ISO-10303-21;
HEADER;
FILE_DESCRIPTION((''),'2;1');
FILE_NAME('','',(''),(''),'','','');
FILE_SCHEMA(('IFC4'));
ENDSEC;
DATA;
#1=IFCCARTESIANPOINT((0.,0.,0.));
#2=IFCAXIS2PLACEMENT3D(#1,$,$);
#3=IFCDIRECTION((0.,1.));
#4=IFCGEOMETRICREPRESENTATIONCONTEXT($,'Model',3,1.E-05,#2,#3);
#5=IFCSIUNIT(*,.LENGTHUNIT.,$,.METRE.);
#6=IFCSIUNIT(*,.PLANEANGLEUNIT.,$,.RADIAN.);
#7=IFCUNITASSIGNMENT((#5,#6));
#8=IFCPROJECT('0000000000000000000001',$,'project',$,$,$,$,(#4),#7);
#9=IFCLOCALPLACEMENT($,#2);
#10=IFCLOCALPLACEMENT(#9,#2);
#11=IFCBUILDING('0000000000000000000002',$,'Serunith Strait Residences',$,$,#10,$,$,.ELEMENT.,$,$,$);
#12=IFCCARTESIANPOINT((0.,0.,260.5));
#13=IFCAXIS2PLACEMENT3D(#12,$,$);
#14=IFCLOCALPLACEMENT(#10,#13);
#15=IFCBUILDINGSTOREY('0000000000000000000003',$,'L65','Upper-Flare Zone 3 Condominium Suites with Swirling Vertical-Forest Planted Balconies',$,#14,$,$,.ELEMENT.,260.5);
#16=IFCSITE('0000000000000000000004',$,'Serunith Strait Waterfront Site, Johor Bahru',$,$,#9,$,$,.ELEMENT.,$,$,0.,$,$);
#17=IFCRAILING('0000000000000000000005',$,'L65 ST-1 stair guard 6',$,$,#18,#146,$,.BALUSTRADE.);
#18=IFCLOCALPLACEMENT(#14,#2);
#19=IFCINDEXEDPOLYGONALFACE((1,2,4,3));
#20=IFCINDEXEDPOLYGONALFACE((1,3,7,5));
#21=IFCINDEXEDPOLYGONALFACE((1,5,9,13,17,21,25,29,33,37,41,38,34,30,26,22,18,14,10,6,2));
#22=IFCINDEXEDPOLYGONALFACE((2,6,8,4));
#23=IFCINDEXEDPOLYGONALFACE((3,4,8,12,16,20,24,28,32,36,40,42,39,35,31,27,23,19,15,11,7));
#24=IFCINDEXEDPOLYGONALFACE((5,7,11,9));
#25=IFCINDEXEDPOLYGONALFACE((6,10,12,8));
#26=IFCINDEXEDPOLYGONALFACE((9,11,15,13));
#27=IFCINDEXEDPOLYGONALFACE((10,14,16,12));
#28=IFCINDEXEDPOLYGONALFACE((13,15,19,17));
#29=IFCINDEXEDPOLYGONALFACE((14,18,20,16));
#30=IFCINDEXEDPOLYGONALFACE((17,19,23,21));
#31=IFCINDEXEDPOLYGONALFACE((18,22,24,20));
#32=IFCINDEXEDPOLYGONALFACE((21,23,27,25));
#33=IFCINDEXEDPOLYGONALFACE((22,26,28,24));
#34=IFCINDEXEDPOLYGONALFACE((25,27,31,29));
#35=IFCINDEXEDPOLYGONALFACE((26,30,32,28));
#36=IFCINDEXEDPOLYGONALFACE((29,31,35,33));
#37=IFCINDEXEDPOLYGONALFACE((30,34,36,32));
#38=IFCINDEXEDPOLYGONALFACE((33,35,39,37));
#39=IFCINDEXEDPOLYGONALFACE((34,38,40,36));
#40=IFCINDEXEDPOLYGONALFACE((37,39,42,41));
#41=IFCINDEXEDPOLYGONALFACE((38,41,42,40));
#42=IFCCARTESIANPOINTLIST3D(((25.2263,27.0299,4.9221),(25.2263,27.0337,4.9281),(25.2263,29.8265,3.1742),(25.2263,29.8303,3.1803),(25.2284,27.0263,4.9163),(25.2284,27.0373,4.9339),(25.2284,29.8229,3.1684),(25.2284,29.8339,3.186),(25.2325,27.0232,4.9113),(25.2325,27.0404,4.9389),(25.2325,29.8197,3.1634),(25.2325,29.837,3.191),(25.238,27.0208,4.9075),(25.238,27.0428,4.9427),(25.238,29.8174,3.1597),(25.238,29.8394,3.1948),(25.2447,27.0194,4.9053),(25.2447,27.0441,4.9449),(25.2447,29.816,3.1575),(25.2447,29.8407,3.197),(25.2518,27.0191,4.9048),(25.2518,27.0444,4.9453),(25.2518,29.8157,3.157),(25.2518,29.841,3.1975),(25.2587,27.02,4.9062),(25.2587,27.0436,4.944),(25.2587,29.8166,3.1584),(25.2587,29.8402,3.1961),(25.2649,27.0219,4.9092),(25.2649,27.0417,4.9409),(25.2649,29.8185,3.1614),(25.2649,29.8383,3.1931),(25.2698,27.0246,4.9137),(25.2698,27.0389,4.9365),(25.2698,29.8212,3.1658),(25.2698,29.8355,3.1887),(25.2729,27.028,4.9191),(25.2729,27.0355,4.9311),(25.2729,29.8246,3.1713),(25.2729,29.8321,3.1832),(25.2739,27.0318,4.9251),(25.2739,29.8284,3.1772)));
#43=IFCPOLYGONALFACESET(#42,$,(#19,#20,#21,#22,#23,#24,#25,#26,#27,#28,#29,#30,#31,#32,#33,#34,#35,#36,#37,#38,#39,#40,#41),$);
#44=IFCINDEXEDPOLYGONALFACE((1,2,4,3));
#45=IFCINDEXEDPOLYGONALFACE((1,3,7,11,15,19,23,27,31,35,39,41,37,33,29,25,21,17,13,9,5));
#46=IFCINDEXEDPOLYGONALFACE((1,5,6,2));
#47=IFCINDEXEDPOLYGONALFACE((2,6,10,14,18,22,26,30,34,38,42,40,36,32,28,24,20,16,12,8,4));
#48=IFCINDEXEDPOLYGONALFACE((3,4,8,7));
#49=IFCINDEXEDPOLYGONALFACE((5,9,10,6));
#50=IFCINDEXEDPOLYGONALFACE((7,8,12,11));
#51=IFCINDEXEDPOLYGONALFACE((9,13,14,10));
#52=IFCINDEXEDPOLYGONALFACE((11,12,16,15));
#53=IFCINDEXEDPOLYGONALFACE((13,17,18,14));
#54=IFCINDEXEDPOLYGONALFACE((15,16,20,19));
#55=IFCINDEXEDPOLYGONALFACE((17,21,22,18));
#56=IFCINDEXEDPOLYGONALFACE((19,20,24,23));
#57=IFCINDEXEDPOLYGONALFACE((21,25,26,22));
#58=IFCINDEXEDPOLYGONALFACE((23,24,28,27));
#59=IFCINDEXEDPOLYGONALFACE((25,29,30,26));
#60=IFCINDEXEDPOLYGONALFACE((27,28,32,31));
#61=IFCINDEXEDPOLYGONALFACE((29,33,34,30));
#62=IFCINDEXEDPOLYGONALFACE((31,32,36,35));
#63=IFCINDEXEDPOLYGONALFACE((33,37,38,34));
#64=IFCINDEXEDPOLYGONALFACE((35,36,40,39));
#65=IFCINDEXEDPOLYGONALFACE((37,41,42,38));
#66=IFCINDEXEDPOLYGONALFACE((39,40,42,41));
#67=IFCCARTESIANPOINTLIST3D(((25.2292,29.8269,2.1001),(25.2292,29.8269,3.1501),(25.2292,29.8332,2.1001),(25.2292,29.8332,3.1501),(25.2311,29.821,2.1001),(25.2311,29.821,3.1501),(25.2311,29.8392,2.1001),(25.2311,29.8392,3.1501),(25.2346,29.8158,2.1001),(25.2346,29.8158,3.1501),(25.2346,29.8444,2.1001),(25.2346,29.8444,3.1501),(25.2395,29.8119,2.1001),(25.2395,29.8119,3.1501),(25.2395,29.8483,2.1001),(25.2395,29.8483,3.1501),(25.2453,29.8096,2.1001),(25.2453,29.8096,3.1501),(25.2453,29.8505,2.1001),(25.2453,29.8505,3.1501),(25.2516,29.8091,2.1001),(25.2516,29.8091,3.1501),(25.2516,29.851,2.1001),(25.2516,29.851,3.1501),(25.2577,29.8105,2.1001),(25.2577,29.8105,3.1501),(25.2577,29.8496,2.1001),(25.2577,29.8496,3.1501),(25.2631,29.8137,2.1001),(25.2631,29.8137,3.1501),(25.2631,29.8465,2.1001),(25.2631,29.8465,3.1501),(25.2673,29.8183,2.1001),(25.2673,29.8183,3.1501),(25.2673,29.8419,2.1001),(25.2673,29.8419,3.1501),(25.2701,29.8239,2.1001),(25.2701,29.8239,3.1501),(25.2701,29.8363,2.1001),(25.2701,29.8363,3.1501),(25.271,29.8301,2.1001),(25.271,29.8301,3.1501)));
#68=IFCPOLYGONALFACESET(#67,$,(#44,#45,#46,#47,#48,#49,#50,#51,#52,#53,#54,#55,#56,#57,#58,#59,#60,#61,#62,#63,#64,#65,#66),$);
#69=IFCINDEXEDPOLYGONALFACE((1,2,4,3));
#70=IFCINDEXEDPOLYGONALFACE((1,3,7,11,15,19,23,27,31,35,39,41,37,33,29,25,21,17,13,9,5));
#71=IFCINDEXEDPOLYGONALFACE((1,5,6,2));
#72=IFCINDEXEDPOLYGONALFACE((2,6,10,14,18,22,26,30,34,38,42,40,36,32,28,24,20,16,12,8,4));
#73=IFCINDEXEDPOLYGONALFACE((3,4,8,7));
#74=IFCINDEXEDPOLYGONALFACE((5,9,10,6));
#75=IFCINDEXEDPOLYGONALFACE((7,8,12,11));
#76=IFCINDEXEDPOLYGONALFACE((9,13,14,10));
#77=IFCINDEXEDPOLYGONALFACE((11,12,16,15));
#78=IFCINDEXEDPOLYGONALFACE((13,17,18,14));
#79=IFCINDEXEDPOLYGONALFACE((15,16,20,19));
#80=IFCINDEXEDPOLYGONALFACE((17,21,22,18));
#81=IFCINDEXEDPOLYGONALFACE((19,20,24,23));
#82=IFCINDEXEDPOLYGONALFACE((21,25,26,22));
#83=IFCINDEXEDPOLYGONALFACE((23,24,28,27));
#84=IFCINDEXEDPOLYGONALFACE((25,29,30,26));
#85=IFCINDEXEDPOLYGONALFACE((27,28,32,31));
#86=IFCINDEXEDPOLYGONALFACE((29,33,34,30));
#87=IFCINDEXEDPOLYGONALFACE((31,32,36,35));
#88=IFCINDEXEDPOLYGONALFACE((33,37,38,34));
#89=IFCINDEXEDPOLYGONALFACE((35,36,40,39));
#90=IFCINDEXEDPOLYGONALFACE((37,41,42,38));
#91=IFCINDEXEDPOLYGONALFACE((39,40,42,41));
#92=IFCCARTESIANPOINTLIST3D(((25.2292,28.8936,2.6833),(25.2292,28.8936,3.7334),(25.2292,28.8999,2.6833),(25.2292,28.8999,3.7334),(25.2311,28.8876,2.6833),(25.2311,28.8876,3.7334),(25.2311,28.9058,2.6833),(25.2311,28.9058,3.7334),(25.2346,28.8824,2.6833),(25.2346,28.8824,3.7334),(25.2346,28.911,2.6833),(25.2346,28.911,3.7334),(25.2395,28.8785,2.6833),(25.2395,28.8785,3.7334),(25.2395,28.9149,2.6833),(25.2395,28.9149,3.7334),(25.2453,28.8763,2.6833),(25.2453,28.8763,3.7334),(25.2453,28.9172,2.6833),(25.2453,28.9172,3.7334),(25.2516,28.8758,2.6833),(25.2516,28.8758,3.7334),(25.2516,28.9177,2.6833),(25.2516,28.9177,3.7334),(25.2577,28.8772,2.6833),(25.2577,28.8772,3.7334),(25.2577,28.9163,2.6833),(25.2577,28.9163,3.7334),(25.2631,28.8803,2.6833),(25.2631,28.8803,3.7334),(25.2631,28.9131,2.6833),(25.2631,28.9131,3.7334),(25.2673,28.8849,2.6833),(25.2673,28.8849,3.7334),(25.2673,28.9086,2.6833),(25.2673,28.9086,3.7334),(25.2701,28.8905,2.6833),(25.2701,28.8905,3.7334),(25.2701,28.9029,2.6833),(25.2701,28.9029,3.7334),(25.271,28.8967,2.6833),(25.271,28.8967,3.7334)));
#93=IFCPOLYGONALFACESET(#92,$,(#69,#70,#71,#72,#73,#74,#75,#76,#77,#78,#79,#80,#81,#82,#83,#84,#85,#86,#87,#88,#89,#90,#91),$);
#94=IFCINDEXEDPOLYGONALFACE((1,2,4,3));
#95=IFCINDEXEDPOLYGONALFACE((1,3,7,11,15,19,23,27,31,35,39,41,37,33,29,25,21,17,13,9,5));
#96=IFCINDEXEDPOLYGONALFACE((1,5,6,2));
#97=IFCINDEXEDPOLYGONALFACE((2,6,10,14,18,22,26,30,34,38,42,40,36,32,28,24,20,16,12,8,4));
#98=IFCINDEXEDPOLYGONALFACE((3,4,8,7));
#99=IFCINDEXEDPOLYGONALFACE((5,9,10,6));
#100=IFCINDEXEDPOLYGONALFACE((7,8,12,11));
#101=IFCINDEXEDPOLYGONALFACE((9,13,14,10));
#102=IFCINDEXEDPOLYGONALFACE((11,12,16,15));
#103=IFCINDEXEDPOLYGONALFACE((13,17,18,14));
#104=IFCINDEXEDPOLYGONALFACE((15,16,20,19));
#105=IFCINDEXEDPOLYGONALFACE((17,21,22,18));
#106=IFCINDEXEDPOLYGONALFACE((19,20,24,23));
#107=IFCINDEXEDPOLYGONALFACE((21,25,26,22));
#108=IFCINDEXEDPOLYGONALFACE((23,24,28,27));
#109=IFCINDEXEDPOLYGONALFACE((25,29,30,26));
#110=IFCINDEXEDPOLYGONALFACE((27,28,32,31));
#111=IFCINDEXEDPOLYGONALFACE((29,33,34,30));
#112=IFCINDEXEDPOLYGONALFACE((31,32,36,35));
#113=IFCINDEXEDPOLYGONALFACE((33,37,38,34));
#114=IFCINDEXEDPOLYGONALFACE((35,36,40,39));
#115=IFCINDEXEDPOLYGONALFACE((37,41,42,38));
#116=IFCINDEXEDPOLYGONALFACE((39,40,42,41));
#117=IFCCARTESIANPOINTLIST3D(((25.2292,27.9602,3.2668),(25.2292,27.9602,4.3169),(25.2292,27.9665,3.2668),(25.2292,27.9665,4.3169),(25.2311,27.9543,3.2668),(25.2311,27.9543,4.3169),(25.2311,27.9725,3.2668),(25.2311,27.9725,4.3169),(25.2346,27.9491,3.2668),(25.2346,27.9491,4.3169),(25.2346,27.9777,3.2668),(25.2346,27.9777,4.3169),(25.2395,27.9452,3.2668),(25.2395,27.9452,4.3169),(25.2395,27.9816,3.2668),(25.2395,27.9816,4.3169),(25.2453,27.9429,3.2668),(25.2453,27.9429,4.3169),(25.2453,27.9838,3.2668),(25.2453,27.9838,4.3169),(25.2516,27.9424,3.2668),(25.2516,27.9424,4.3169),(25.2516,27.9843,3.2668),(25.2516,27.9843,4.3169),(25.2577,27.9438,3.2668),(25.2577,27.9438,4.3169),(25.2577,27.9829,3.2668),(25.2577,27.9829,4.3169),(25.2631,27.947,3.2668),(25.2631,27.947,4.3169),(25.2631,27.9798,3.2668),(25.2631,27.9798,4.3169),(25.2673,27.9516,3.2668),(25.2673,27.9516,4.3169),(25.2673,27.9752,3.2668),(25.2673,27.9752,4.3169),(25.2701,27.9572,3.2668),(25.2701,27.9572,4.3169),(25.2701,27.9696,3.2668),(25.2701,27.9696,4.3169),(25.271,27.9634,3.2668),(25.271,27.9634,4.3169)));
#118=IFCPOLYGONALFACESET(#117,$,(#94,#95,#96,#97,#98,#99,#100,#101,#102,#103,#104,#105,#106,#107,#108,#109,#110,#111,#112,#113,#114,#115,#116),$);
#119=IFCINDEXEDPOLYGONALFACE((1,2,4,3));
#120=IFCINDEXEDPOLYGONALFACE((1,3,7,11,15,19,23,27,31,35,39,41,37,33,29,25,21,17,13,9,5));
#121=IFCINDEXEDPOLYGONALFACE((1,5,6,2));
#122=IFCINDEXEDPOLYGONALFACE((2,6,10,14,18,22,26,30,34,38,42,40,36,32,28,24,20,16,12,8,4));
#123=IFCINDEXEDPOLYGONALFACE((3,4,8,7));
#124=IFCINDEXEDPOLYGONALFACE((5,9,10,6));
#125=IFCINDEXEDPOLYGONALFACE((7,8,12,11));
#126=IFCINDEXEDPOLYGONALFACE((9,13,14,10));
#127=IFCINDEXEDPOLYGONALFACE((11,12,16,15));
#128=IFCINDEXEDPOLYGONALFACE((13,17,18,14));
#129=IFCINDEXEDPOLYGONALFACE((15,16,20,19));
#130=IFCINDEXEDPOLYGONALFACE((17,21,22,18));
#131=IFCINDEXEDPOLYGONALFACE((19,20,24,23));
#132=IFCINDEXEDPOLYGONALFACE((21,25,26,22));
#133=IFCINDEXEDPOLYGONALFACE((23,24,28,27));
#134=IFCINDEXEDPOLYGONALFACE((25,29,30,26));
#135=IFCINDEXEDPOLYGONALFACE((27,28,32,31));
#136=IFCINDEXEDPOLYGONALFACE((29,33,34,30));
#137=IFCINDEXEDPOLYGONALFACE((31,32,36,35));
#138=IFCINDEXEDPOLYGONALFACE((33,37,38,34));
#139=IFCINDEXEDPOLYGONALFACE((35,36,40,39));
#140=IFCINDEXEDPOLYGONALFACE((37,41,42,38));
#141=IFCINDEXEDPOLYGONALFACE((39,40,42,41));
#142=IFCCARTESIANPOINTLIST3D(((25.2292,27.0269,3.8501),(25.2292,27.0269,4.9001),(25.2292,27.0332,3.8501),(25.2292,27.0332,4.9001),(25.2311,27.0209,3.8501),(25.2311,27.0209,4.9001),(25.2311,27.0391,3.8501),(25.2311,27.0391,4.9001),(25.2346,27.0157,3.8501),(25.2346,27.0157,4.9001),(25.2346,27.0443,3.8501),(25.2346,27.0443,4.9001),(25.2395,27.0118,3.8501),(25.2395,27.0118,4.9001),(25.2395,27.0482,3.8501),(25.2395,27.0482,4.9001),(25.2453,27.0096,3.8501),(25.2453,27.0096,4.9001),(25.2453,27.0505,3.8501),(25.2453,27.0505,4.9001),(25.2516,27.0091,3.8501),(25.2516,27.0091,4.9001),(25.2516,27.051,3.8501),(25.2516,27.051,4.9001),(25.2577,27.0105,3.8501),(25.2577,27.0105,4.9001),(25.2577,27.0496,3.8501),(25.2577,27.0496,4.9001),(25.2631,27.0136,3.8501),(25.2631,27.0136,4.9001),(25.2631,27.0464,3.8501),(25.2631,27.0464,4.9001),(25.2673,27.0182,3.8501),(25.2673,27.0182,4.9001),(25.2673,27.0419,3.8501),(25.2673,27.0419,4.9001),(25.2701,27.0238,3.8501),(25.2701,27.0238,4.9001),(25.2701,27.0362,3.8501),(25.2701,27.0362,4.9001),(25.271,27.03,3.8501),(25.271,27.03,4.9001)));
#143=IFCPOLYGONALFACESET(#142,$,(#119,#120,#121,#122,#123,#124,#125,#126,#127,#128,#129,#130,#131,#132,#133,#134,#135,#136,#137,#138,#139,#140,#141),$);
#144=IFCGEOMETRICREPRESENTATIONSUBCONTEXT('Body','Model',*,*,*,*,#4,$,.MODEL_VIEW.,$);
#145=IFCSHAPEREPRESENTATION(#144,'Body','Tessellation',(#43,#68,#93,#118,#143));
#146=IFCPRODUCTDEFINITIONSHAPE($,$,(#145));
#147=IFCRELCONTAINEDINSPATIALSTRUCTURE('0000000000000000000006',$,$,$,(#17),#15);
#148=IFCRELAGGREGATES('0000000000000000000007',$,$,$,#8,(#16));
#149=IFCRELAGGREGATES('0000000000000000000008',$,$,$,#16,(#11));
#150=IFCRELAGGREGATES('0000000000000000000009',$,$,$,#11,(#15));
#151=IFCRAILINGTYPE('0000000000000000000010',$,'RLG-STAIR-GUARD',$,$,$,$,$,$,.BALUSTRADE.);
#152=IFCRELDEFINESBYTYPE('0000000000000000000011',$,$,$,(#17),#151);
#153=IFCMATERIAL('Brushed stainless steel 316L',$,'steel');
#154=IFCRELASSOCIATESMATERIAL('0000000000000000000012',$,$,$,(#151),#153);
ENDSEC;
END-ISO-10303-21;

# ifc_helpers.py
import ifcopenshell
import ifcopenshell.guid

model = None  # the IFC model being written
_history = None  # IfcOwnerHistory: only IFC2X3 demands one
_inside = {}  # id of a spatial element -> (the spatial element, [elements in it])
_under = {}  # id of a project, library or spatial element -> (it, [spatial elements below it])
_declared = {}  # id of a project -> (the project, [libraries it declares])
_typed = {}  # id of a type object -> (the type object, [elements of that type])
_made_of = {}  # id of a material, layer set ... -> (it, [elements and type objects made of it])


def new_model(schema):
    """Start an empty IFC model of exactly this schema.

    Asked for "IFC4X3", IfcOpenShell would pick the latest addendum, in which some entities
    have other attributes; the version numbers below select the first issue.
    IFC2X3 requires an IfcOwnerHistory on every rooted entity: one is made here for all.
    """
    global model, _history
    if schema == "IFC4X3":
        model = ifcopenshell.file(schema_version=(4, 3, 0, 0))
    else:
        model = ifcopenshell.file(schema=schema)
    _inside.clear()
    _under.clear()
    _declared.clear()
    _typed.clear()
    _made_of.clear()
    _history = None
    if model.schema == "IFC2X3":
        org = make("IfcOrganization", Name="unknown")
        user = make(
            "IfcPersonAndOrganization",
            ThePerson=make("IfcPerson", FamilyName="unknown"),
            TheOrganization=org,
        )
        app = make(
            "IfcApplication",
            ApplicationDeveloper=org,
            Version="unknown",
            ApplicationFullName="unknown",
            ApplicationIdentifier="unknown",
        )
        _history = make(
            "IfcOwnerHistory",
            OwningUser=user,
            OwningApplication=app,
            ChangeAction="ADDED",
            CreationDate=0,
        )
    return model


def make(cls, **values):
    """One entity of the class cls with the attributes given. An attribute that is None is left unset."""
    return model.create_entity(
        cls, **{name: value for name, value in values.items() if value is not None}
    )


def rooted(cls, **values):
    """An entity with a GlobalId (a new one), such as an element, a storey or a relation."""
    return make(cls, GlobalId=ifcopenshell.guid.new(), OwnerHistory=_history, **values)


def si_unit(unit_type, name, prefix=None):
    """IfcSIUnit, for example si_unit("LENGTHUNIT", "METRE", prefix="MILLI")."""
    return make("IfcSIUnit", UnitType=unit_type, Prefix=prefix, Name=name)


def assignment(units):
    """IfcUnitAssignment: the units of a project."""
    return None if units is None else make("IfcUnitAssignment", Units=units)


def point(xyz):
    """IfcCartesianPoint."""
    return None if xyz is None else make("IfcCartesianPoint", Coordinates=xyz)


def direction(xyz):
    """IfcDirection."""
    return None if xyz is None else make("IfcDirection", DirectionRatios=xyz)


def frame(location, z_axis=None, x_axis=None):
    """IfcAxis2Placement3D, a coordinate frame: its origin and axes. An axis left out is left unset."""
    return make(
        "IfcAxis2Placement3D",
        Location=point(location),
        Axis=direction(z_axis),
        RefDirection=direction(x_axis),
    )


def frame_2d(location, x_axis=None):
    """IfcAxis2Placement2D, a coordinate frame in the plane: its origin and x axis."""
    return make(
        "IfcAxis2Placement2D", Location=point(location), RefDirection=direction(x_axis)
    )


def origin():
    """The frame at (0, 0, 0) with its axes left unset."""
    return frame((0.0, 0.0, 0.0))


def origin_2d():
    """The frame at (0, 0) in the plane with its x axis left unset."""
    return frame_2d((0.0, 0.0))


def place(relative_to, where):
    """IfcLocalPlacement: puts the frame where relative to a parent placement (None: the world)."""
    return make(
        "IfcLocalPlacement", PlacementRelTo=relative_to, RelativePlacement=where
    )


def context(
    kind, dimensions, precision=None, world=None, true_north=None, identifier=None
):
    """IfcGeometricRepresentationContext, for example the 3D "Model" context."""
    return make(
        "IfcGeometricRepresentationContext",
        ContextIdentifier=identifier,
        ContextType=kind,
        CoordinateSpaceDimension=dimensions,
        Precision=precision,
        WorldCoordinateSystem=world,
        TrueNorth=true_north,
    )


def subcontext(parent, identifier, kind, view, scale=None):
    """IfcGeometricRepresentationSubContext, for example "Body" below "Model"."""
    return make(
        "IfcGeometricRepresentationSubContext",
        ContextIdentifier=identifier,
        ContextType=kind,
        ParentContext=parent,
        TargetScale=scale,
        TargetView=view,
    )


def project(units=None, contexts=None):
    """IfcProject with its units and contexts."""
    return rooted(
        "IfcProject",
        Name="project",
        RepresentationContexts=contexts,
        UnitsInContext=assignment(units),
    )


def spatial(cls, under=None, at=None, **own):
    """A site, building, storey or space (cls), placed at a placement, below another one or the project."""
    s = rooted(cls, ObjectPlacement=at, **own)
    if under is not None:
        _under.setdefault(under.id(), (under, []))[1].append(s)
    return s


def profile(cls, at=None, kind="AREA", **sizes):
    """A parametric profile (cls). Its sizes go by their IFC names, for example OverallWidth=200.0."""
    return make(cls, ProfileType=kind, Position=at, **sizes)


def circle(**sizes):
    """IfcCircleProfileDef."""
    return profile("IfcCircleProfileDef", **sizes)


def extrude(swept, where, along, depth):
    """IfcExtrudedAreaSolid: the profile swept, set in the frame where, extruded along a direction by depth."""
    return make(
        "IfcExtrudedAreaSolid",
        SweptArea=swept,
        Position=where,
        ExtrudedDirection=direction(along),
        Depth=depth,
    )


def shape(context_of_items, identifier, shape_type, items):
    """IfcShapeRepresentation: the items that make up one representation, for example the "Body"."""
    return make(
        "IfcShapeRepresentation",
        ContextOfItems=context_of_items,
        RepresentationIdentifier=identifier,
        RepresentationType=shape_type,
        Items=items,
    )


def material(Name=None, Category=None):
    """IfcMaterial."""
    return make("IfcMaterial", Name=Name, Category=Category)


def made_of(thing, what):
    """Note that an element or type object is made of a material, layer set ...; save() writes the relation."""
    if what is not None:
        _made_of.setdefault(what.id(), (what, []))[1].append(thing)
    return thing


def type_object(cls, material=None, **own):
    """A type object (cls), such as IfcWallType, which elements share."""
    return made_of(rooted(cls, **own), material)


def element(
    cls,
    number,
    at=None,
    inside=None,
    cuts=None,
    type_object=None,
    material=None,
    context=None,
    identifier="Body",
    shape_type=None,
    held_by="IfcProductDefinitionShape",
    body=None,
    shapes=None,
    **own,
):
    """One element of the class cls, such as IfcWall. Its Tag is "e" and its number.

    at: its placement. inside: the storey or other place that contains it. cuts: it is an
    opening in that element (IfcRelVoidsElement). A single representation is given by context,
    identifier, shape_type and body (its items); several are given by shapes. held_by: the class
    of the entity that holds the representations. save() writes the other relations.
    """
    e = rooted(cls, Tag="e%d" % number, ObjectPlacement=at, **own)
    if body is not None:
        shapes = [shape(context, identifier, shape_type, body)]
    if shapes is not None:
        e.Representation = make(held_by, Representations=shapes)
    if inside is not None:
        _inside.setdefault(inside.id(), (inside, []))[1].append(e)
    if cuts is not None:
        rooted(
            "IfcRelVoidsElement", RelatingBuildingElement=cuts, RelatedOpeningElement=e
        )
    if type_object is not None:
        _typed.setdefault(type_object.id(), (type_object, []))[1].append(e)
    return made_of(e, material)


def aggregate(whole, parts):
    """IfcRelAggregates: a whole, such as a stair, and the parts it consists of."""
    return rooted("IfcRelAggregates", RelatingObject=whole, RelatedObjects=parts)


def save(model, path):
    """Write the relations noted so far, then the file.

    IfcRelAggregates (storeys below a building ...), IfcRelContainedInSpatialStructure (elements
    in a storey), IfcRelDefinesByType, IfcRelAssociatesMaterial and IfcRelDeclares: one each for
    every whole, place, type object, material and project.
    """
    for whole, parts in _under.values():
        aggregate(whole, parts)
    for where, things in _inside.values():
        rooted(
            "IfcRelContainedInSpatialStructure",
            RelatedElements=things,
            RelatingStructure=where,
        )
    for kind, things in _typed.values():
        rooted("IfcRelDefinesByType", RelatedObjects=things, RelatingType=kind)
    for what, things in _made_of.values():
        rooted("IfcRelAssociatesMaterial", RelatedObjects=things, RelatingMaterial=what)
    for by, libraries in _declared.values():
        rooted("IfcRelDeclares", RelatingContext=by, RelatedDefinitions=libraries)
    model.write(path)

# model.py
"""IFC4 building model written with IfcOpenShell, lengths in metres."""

from ifc_helpers import new_model, si_unit, direction, frame, origin, origin_2d, place, context, subcontext, project, spatial, circle, extrude, material, type_object, element, save


model = new_model("IFC4")

# Units and contexts
model_context = context("Model", 3, precision=1e-05, world=origin(), true_north=direction((0.0, 1.0)))
body_context = subcontext(model_context, "Body", "Model", "MODEL_VIEW")
ifc_project = project(units=[si_unit("LENGTHUNIT", "METRE"), si_unit("PLANEANGLEUNIT", "RADIAN")], contexts=[model_context])

# Site, building, storey
site_placement = place(None, origin())
site = spatial("IfcSite", under=ifc_project, at=site_placement, Name="Serunith Strait Waterfront Site, Johor Bahru", CompositionType="ELEMENT", RefElevation=0.0)
building_placement = place(site_placement, origin())
building = spatial("IfcBuilding", under=site, at=building_placement, Name="Serunith Strait Residences", CompositionType="ELEMENT")
storey_placement = place(building_placement, frame((0.0, 0.0, 260.5)))
storey = spatial("IfcBuildingStorey", under=building, at=storey_placement, Name="L65", Description="Upper-Flare Zone 3 Condominium Suites with Swirling Vertical-Forest Planted Balconies", CompositionType="ELEMENT", Elevation=260.5)

# Railing
ifc_material_1 = material(Name="Brushed stainless steel 316L", Category="steel")
railing_type_1 = type_object("IfcRailingType", Name="RLG-STAIR-GUARD", PredefinedType="BALUSTRADE", material=ifc_material_1)
railing_1_placement = place(storey_placement, frame((25.25, 29.8301, 2.1001)))
element("IfcRailing", 1, at=railing_1_placement, inside=storey, type_object=railing_type_1, Name="L65 ST-1 stair guard 6", PredefinedType="BALUSTRADE", context=body_context, shape_type="SweptSolid", body=[
    extrude(circle(Radius=0.0239, at=origin_2d()), frame((0.0, -0.0017, 1.0771), z_axis=(0.0, -0.848002, 0.529992), x_axis=(1.0, 0.0, 0.0)), (0.0, 0.0, 1.0), 3.2979),
    extrude(circle(Radius=0.021, at=origin_2d()), origin(), (0.0, 0.0, 1.0), 1.05),
    extrude(circle(Radius=0.021, at=origin_2d()), frame((0.0, -0.9333, 0.5833)), (0.0, 0.0, 1.0), 1.05),
    extrude(circle(Radius=0.021, at=origin_2d()), frame((0.0, -1.8667, 1.1667)), (0.0, 0.0, 1.0), 1.05),
    extrude(circle(Radius=0.021, at=origin_2d()), frame((0.0, -2.8, 1.75)), (0.0, 0.0, 1.0), 1.05),
])

save(model, "model.ifc")
